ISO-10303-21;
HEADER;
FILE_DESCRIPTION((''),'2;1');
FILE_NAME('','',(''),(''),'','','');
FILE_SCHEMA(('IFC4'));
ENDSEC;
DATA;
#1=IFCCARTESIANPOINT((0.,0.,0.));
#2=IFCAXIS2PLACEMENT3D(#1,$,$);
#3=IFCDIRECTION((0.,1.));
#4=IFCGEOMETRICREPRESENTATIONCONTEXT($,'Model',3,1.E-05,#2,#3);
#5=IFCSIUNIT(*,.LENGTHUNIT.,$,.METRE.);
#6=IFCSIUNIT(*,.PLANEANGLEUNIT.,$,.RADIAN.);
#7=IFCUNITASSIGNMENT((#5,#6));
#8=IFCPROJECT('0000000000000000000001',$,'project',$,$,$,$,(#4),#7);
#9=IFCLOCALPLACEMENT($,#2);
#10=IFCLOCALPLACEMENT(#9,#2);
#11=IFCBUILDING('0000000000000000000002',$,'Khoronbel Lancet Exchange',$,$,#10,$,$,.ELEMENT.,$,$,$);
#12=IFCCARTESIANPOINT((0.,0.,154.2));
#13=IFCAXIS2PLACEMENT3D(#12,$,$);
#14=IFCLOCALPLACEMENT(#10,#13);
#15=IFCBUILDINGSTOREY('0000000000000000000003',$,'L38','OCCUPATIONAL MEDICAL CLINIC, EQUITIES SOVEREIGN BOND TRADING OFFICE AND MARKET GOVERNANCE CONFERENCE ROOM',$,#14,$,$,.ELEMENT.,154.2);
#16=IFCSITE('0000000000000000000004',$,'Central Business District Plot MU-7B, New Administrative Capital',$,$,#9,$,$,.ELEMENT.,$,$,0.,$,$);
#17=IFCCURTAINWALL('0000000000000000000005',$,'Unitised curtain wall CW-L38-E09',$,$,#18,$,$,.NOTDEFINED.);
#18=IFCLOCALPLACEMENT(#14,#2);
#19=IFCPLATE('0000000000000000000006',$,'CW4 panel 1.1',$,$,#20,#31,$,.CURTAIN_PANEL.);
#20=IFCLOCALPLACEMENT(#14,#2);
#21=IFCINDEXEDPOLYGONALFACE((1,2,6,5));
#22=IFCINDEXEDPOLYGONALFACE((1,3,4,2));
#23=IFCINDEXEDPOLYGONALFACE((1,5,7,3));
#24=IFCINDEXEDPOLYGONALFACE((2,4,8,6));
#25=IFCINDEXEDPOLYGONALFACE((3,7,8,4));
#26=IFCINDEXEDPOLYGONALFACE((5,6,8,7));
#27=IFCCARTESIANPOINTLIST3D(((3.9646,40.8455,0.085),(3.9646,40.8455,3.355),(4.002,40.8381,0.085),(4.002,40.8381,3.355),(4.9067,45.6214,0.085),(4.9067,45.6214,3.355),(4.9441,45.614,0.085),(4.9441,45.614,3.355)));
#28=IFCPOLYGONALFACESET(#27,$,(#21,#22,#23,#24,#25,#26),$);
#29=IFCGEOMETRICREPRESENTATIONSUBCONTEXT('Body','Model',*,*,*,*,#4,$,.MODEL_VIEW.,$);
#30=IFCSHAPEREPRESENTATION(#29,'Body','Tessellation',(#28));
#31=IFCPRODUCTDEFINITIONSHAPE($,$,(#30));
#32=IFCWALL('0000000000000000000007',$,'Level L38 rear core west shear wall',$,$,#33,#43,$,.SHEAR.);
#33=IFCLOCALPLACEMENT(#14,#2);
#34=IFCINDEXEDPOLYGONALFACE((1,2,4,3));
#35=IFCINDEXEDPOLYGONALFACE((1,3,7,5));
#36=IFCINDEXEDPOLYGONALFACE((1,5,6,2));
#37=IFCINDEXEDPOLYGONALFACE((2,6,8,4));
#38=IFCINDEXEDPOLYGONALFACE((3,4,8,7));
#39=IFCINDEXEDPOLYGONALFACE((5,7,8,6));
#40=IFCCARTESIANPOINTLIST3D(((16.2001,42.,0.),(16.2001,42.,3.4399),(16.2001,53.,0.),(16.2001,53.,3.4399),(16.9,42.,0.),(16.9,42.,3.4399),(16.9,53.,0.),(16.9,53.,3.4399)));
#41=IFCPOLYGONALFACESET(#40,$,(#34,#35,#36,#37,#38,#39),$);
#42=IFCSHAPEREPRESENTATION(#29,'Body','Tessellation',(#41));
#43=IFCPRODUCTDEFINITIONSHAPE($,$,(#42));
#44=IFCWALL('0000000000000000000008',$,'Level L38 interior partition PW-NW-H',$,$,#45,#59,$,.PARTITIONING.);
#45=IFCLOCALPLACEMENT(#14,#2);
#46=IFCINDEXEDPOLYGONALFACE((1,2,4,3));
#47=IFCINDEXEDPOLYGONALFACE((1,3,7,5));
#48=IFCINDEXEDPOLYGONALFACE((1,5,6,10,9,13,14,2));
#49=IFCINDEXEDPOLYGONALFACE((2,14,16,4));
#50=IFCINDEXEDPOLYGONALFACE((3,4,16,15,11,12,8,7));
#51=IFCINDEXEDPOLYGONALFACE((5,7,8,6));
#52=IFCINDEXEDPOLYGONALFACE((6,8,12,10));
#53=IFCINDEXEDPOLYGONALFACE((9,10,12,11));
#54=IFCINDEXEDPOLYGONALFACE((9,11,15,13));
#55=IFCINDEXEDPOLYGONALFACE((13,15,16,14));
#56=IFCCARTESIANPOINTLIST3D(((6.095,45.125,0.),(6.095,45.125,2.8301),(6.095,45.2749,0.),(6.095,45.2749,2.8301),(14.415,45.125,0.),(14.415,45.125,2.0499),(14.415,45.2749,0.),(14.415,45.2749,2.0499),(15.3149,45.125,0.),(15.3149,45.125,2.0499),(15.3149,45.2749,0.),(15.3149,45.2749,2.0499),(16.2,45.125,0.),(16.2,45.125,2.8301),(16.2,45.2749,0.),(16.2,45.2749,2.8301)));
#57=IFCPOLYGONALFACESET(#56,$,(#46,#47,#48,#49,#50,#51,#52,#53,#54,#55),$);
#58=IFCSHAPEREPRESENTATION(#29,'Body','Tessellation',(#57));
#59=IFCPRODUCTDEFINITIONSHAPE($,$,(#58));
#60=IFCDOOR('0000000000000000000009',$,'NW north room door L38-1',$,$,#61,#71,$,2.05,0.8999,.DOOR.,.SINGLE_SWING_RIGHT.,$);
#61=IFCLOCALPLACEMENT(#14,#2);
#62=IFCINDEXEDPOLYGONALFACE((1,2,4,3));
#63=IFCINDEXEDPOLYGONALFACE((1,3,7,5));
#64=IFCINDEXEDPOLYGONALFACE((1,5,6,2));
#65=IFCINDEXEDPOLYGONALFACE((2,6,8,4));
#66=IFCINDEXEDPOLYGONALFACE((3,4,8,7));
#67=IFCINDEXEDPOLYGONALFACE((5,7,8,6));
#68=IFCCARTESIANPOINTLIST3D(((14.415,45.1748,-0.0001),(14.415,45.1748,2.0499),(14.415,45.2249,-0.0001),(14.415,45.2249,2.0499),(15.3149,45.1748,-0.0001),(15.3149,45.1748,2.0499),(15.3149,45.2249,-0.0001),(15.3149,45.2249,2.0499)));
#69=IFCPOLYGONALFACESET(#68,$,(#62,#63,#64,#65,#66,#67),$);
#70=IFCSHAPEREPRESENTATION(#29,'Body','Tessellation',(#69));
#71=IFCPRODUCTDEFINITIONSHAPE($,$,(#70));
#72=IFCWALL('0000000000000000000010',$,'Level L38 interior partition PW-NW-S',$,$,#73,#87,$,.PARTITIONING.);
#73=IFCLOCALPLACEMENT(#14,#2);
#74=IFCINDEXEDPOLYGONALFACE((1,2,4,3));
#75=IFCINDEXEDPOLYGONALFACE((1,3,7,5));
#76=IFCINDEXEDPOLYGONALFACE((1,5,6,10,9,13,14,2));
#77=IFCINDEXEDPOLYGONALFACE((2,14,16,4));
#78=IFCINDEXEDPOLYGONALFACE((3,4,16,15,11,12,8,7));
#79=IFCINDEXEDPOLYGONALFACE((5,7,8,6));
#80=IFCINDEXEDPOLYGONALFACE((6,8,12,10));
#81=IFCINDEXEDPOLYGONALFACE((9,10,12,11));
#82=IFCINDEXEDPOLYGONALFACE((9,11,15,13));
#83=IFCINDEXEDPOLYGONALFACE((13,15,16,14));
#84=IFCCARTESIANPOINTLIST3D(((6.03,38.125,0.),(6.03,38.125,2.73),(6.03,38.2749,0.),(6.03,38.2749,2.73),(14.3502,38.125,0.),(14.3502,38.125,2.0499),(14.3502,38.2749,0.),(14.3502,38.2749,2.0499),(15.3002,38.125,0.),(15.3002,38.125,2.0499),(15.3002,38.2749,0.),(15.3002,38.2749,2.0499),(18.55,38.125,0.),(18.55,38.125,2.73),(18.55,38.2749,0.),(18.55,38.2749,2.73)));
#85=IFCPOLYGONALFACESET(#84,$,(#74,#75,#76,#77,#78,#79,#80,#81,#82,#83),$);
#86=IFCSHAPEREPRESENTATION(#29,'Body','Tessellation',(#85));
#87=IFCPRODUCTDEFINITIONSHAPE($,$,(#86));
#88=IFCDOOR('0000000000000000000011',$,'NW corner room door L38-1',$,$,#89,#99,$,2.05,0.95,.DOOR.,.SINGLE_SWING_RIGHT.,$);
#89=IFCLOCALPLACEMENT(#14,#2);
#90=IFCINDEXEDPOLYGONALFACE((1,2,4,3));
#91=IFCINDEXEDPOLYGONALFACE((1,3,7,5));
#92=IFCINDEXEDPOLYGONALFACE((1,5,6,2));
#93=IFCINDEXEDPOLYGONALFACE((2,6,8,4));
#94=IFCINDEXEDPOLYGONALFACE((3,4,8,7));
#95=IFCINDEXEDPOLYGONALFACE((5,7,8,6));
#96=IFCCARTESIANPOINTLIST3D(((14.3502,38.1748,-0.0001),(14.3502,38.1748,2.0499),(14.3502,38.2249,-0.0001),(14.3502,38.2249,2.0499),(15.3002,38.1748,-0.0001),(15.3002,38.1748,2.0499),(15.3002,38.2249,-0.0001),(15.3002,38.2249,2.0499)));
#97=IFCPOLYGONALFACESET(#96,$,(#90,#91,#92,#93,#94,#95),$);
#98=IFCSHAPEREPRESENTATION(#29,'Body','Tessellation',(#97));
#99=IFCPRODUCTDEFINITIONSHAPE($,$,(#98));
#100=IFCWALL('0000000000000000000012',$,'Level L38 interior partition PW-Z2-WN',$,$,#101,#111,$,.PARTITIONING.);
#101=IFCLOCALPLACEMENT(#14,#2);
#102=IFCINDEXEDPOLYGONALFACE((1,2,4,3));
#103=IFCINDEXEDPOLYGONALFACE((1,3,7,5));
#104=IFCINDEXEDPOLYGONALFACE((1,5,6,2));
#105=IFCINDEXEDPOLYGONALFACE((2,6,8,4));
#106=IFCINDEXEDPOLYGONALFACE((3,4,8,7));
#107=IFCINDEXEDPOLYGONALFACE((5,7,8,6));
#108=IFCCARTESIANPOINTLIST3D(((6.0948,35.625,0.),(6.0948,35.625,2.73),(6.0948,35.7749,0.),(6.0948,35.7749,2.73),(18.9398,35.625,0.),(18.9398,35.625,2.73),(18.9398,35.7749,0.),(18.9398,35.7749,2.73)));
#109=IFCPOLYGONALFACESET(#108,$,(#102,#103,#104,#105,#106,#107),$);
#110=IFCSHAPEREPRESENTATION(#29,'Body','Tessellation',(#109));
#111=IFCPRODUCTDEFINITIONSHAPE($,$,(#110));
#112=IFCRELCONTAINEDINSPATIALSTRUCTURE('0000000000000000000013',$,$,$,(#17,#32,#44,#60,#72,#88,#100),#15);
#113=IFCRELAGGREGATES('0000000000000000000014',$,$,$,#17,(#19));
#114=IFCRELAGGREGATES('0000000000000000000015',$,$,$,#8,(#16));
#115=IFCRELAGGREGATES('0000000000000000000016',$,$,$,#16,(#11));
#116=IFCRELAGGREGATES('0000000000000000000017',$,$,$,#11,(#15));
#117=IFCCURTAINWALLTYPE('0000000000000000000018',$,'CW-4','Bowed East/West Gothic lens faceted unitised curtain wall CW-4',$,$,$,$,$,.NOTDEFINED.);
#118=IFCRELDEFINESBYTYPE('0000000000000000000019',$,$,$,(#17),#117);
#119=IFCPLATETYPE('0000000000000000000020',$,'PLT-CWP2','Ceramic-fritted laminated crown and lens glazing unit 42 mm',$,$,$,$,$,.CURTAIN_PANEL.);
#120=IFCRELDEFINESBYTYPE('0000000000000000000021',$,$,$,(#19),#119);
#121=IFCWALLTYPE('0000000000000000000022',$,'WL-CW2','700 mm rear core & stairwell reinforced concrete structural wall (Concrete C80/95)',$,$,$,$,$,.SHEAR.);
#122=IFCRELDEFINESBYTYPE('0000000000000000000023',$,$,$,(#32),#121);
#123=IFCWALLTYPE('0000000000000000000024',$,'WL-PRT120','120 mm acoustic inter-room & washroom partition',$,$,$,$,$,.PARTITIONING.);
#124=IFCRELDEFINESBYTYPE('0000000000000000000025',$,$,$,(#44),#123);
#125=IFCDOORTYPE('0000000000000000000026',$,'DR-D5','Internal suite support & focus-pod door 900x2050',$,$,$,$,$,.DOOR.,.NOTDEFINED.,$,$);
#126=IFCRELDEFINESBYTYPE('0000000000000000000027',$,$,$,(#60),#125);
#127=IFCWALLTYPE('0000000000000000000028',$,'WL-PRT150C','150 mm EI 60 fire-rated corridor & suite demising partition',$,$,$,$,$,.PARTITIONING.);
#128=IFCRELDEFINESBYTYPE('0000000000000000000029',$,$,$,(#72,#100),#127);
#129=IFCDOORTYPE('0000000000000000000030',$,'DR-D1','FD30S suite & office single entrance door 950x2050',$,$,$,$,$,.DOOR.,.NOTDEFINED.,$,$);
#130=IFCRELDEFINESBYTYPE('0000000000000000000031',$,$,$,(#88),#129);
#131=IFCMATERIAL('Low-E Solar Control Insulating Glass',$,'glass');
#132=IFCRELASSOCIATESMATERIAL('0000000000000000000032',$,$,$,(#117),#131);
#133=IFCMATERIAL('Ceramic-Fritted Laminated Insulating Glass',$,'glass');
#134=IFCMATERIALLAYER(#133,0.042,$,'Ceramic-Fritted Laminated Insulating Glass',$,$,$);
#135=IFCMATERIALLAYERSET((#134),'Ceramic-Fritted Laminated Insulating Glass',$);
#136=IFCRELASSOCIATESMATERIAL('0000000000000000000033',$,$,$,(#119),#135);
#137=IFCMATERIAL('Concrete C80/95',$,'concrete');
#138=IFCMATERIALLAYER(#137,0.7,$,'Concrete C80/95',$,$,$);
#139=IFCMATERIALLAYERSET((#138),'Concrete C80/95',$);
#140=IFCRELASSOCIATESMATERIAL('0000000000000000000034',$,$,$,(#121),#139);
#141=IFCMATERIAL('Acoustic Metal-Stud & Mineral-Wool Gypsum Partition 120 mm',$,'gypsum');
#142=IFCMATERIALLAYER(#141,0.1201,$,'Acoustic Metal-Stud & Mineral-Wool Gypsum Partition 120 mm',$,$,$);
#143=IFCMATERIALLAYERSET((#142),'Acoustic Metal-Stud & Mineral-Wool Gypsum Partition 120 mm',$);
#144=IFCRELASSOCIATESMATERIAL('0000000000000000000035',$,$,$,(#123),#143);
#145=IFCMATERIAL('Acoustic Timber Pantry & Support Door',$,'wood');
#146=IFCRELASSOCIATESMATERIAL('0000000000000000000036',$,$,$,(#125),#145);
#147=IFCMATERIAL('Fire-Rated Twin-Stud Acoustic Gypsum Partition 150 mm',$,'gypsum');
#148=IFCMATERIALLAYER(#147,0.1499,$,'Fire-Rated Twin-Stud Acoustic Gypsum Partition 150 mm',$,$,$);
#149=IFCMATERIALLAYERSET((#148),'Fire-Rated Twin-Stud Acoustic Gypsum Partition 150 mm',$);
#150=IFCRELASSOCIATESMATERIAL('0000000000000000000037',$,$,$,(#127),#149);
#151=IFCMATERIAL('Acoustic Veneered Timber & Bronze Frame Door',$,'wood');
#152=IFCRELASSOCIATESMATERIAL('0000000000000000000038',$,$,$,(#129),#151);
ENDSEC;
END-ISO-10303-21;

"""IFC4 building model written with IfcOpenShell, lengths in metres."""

from ifc_helpers import new_model, si_unit, direction, frame, frame_2d, origin, origin_2d, place, context, subcontext, project, spatial, rectangle, extrude, material, layer, layer_set, type_object, element, fill, aggregate, save


model = new_model("IFC4")

# Units and contexts
model_context = context("Model", 3, precision=1e-05, world=origin(), true_north=direction((0.0, 1.0)))
body_context = subcontext(model_context, "Body", "Model", "MODEL_VIEW")
ifc_project = project(units=[si_unit("LENGTHUNIT", "METRE"), si_unit("PLANEANGLEUNIT", "RADIAN")], contexts=[model_context])

# Site, building, storey
site_placement = place(None, origin())
site = spatial("IfcSite", under=ifc_project, at=site_placement, Name="Central Business District Plot MU-7B, New Administrative Capital", CompositionType="ELEMENT", RefElevation=0.0)
building_placement = place(site_placement, origin())
building = spatial("IfcBuilding", under=site, at=building_placement, Name="Khoronbel Lancet Exchange", CompositionType="ELEMENT")
storey_placement = place(building_placement, frame((0.0, 0.0, 154.2)))
storey = spatial("IfcBuildingStorey", under=building, at=storey_placement, Name="L38", Description="OCCUPATIONAL MEDICAL CLINIC, EQUITIES SOVEREIGN BOND TRADING OFFICE AND MARKET GOVERNANCE CONFERENCE ROOM", CompositionType="ELEMENT", Elevation=154.2)

# Shared definitions
ifc_material_1 = material(Name="Low-E Solar Control Insulating Glass", Category="glass")
curtain_wall_type = type_object("IfcCurtainWallType", Name="CW-4", Description="Bowed East/West Gothic lens faceted unitised curtain wall CW-4", PredefinedType="NOTDEFINED", material=ifc_material_1)

# Curtain wall
curtain_wall_1_placement = place(storey_placement, origin())
curtain_wall_1 = element("IfcCurtainWall", 1, at=curtain_wall_1_placement, inside=storey, type_object=curtain_wall_type, Name="Unitised curtain wall CW-L38-E09", PredefinedType="NOTDEFINED")

# Plate
ifc_material_2 = material(Name="Ceramic-Fritted Laminated Insulating Glass", Category="glass")
ifc_layer_1 = layer(ifc_material_2, 0.042, Name="Ceramic-Fritted Laminated Insulating Glass")
ifc_layer_set_1 = layer_set([ifc_layer_1], Name="Ceramic-Fritted Laminated Insulating Glass")
plate_type_1 = type_object("IfcPlateType", Name="PLT-CWP2", Description="Ceramic-fritted laminated crown and lens glazing unit 42 mm", PredefinedType="CURTAIN_PANEL", material=ifc_layer_set_1)
plate_1_placement = place(storey_placement, frame((4.4543, 43.2297, 0.085), z_axis=(0.0, 0.0, 1.0), x_axis=(0.193544, 0.981092, 0.0)))
plate_1 = element("IfcPlate", 2, at=plate_1_placement, type_object=plate_type_1, Name="CW4 panel 1.1", PredefinedType="CURTAIN_PANEL", context=body_context, shape_type="SweptSolid", body=[
    extrude(rectangle(XDim=4.8679, YDim=0.0381, at=origin_2d()), origin(), (0.0, 0.0, 1.0), 3.27),
])
aggregate(curtain_wall_1, [plate_1])

# Wall
ifc_material_3 = material(Name="Concrete C80/95", Category="concrete")
ifc_layer_2 = layer(ifc_material_3, 0.7, Name="Concrete C80/95")
ifc_layer_set_2 = layer_set([ifc_layer_2], Name="Concrete C80/95")
wall_type_1 = type_object("IfcWallType", Name="WL-CW2", Description="700 mm rear core & stairwell reinforced concrete structural wall (Concrete C80/95)", PredefinedType="SHEAR", material=ifc_layer_set_2)
wall_1_placement = place(storey_placement, frame((16.55, 42.0, 0.0), z_axis=(0.0, 0.0, 1.0), x_axis=(0.0, 1.0, 0.0)))
element("IfcWall", 3, at=wall_1_placement, inside=storey, type_object=wall_type_1, Name="Level L38 rear core west shear wall", PredefinedType="SHEAR", context=body_context, shape_type="SweptSolid", body=[
    extrude(rectangle(XDim=11.0, YDim=0.7, at=frame_2d((5.5, 0.0))), origin(), (0.0, 0.0, 1.0), 3.4399),
])

# Walls, openings, doors
ifc_material_4 = material(Name="Acoustic Metal-Stud & Mineral-Wool Gypsum Partition 120 mm", Category="gypsum")
ifc_layer_3 = layer(ifc_material_4, 0.1201, Name="Acoustic Metal-Stud & Mineral-Wool Gypsum Partition 120 mm")
ifc_layer_set_3 = layer_set([ifc_layer_3], Name="Acoustic Metal-Stud & Mineral-Wool Gypsum Partition 120 mm")
wall_type_2 = type_object("IfcWallType", Name="WL-PRT120", Description="120 mm acoustic inter-room & washroom partition", PredefinedType="PARTITIONING", material=ifc_layer_set_3)
wall_2_placement = place(storey_placement, frame((6.095, 45.2, 0.0), z_axis=(0.0, 0.0, 1.0), x_axis=(1.0, 0.0, 0.0)))
wall_2 = element("IfcWall", 4, at=wall_2_placement, inside=storey, type_object=wall_type_2, Name="Level L38 interior partition PW-NW-H", PredefinedType="PARTITIONING", context=body_context, shape_type="SweptSolid", body=[
    extrude(rectangle(XDim=10.105, YDim=0.1499, at=frame_2d((5.0525, 0.0))), origin(), (0.0, 0.0, 1.0), 2.8301),
])
opening_1_placement = place(wall_2_placement, frame((8.3201, 0.0, 0.0)))
opening_1 = element("IfcOpeningElement", 5, at=opening_1_placement, cuts=wall_2, PredefinedType="OPENING", context=body_context, shape_type="SweptSolid", body=[
    extrude(rectangle(XDim=0.8999, YDim=2.05, at=frame_2d((0.45, 1.0249))), frame((0.0, 0.085, 0.0), z_axis=(0.0, -1.0, 0.0), x_axis=(1.0, 0.0, 0.0)), (0.0, 0.0, 1.0), 0.1699),
])
ifc_material_5 = material(Name="Acoustic Timber Pantry & Support Door", Category="wood")
door_type_1 = type_object("IfcDoorType", Name="DR-D5", Description="Internal suite support & focus-pod door 900x2050", OperationType="NOTDEFINED", PredefinedType="DOOR", material=ifc_material_5)
door_1_placement = place(opening_1_placement, origin())
door_1 = element("IfcDoor", 6, at=door_1_placement, inside=storey, type_object=door_type_1, Name="NW north room door L38-1", OperationType="SINGLE_SWING_RIGHT", OverallHeight=2.05, OverallWidth=0.8999, PredefinedType="DOOR", context=body_context, shape_type="SweptSolid", body=[
    extrude(rectangle(XDim=0.8999, YDim=2.05, at=frame_2d((0.45, 1.0249))), frame((0.0, 0.0249, 0.0), z_axis=(0.0, -1.0, 0.0), x_axis=(1.0, 0.0, 0.0)), (0.0, 0.0, 1.0), 0.05),
])
fill(opening_1, door_1)
ifc_material_6 = material(Name="Fire-Rated Twin-Stud Acoustic Gypsum Partition 150 mm", Category="gypsum")
ifc_layer_4 = layer(ifc_material_6, 0.1499, Name="Fire-Rated Twin-Stud Acoustic Gypsum Partition 150 mm")
ifc_layer_set_4 = layer_set([ifc_layer_4], Name="Fire-Rated Twin-Stud Acoustic Gypsum Partition 150 mm")
wall_type_3 = type_object("IfcWallType", Name="WL-PRT150C", Description="150 mm EI 60 fire-rated corridor & suite demising partition", PredefinedType="PARTITIONING", material=ifc_layer_set_4)
wall_3_placement = place(storey_placement, frame((6.03, 38.2, 0.0), z_axis=(0.0, 0.0, 1.0), x_axis=(1.0, 0.0, 0.0)))
wall_3 = element("IfcWall", 7, at=wall_3_placement, inside=storey, type_object=wall_type_3, Name="Level L38 interior partition PW-NW-S", PredefinedType="PARTITIONING", context=body_context, shape_type="SweptSolid", body=[
    extrude(rectangle(XDim=12.52, YDim=0.1499, at=frame_2d((6.26, 0.0))), origin(), (0.0, 0.0, 1.0), 2.73),
])
opening_2_placement = place(wall_3_placement, frame((8.3201, 0.0, 0.0)))
opening_2 = element("IfcOpeningElement", 8, at=opening_2_placement, cuts=wall_3, PredefinedType="OPENING", context=body_context, shape_type="SweptSolid", body=[
    extrude(rectangle(XDim=0.95, YDim=2.05, at=frame_2d((0.4751, 1.0249))), frame((0.0, 0.085, 0.0), z_axis=(0.0, -1.0, 0.0), x_axis=(1.0, 0.0, 0.0)), (0.0, 0.0, 1.0), 0.1699),
])
ifc_material_7 = material(Name="Acoustic Veneered Timber & Bronze Frame Door", Category="wood")
door_type_2 = type_object("IfcDoorType", Name="DR-D1", Description="FD30S suite & office single entrance door 950x2050", OperationType="NOTDEFINED", PredefinedType="DOOR", material=ifc_material_7)
door_2_placement = place(opening_2_placement, origin())
door_2 = element("IfcDoor", 9, at=door_2_placement, inside=storey, type_object=door_type_2, Name="NW corner room door L38-1", OperationType="SINGLE_SWING_RIGHT", OverallHeight=2.05, OverallWidth=0.95, PredefinedType="DOOR", context=body_context, shape_type="SweptSolid", body=[
    extrude(rectangle(XDim=0.95, YDim=2.05, at=frame_2d((0.4751, 1.0249))), frame((0.0, 0.0249, 0.0), z_axis=(0.0, -1.0, 0.0), x_axis=(1.0, 0.0, 0.0)), (0.0, 0.0, 1.0), 0.05),
])
fill(opening_2, door_2)

# Wall
wall_4_placement = place(storey_placement, frame((6.095, 35.7, 0.0), z_axis=(0.0, 0.0, 1.0), x_axis=(1.0, 0.0, 0.0)))
element("IfcWall", 10, at=wall_4_placement, inside=storey, type_object=wall_type_3, Name="Level L38 interior partition PW-Z2-WN", PredefinedType="PARTITIONING", context=body_context, shape_type="SweptSolid", body=[
    extrude(rectangle(XDim=12.845, YDim=0.1499, at=frame_2d((6.4224, 0.0))), origin(), (0.0, 0.0, 1.0), 2.73),
])

save(model, "model.ifc")
